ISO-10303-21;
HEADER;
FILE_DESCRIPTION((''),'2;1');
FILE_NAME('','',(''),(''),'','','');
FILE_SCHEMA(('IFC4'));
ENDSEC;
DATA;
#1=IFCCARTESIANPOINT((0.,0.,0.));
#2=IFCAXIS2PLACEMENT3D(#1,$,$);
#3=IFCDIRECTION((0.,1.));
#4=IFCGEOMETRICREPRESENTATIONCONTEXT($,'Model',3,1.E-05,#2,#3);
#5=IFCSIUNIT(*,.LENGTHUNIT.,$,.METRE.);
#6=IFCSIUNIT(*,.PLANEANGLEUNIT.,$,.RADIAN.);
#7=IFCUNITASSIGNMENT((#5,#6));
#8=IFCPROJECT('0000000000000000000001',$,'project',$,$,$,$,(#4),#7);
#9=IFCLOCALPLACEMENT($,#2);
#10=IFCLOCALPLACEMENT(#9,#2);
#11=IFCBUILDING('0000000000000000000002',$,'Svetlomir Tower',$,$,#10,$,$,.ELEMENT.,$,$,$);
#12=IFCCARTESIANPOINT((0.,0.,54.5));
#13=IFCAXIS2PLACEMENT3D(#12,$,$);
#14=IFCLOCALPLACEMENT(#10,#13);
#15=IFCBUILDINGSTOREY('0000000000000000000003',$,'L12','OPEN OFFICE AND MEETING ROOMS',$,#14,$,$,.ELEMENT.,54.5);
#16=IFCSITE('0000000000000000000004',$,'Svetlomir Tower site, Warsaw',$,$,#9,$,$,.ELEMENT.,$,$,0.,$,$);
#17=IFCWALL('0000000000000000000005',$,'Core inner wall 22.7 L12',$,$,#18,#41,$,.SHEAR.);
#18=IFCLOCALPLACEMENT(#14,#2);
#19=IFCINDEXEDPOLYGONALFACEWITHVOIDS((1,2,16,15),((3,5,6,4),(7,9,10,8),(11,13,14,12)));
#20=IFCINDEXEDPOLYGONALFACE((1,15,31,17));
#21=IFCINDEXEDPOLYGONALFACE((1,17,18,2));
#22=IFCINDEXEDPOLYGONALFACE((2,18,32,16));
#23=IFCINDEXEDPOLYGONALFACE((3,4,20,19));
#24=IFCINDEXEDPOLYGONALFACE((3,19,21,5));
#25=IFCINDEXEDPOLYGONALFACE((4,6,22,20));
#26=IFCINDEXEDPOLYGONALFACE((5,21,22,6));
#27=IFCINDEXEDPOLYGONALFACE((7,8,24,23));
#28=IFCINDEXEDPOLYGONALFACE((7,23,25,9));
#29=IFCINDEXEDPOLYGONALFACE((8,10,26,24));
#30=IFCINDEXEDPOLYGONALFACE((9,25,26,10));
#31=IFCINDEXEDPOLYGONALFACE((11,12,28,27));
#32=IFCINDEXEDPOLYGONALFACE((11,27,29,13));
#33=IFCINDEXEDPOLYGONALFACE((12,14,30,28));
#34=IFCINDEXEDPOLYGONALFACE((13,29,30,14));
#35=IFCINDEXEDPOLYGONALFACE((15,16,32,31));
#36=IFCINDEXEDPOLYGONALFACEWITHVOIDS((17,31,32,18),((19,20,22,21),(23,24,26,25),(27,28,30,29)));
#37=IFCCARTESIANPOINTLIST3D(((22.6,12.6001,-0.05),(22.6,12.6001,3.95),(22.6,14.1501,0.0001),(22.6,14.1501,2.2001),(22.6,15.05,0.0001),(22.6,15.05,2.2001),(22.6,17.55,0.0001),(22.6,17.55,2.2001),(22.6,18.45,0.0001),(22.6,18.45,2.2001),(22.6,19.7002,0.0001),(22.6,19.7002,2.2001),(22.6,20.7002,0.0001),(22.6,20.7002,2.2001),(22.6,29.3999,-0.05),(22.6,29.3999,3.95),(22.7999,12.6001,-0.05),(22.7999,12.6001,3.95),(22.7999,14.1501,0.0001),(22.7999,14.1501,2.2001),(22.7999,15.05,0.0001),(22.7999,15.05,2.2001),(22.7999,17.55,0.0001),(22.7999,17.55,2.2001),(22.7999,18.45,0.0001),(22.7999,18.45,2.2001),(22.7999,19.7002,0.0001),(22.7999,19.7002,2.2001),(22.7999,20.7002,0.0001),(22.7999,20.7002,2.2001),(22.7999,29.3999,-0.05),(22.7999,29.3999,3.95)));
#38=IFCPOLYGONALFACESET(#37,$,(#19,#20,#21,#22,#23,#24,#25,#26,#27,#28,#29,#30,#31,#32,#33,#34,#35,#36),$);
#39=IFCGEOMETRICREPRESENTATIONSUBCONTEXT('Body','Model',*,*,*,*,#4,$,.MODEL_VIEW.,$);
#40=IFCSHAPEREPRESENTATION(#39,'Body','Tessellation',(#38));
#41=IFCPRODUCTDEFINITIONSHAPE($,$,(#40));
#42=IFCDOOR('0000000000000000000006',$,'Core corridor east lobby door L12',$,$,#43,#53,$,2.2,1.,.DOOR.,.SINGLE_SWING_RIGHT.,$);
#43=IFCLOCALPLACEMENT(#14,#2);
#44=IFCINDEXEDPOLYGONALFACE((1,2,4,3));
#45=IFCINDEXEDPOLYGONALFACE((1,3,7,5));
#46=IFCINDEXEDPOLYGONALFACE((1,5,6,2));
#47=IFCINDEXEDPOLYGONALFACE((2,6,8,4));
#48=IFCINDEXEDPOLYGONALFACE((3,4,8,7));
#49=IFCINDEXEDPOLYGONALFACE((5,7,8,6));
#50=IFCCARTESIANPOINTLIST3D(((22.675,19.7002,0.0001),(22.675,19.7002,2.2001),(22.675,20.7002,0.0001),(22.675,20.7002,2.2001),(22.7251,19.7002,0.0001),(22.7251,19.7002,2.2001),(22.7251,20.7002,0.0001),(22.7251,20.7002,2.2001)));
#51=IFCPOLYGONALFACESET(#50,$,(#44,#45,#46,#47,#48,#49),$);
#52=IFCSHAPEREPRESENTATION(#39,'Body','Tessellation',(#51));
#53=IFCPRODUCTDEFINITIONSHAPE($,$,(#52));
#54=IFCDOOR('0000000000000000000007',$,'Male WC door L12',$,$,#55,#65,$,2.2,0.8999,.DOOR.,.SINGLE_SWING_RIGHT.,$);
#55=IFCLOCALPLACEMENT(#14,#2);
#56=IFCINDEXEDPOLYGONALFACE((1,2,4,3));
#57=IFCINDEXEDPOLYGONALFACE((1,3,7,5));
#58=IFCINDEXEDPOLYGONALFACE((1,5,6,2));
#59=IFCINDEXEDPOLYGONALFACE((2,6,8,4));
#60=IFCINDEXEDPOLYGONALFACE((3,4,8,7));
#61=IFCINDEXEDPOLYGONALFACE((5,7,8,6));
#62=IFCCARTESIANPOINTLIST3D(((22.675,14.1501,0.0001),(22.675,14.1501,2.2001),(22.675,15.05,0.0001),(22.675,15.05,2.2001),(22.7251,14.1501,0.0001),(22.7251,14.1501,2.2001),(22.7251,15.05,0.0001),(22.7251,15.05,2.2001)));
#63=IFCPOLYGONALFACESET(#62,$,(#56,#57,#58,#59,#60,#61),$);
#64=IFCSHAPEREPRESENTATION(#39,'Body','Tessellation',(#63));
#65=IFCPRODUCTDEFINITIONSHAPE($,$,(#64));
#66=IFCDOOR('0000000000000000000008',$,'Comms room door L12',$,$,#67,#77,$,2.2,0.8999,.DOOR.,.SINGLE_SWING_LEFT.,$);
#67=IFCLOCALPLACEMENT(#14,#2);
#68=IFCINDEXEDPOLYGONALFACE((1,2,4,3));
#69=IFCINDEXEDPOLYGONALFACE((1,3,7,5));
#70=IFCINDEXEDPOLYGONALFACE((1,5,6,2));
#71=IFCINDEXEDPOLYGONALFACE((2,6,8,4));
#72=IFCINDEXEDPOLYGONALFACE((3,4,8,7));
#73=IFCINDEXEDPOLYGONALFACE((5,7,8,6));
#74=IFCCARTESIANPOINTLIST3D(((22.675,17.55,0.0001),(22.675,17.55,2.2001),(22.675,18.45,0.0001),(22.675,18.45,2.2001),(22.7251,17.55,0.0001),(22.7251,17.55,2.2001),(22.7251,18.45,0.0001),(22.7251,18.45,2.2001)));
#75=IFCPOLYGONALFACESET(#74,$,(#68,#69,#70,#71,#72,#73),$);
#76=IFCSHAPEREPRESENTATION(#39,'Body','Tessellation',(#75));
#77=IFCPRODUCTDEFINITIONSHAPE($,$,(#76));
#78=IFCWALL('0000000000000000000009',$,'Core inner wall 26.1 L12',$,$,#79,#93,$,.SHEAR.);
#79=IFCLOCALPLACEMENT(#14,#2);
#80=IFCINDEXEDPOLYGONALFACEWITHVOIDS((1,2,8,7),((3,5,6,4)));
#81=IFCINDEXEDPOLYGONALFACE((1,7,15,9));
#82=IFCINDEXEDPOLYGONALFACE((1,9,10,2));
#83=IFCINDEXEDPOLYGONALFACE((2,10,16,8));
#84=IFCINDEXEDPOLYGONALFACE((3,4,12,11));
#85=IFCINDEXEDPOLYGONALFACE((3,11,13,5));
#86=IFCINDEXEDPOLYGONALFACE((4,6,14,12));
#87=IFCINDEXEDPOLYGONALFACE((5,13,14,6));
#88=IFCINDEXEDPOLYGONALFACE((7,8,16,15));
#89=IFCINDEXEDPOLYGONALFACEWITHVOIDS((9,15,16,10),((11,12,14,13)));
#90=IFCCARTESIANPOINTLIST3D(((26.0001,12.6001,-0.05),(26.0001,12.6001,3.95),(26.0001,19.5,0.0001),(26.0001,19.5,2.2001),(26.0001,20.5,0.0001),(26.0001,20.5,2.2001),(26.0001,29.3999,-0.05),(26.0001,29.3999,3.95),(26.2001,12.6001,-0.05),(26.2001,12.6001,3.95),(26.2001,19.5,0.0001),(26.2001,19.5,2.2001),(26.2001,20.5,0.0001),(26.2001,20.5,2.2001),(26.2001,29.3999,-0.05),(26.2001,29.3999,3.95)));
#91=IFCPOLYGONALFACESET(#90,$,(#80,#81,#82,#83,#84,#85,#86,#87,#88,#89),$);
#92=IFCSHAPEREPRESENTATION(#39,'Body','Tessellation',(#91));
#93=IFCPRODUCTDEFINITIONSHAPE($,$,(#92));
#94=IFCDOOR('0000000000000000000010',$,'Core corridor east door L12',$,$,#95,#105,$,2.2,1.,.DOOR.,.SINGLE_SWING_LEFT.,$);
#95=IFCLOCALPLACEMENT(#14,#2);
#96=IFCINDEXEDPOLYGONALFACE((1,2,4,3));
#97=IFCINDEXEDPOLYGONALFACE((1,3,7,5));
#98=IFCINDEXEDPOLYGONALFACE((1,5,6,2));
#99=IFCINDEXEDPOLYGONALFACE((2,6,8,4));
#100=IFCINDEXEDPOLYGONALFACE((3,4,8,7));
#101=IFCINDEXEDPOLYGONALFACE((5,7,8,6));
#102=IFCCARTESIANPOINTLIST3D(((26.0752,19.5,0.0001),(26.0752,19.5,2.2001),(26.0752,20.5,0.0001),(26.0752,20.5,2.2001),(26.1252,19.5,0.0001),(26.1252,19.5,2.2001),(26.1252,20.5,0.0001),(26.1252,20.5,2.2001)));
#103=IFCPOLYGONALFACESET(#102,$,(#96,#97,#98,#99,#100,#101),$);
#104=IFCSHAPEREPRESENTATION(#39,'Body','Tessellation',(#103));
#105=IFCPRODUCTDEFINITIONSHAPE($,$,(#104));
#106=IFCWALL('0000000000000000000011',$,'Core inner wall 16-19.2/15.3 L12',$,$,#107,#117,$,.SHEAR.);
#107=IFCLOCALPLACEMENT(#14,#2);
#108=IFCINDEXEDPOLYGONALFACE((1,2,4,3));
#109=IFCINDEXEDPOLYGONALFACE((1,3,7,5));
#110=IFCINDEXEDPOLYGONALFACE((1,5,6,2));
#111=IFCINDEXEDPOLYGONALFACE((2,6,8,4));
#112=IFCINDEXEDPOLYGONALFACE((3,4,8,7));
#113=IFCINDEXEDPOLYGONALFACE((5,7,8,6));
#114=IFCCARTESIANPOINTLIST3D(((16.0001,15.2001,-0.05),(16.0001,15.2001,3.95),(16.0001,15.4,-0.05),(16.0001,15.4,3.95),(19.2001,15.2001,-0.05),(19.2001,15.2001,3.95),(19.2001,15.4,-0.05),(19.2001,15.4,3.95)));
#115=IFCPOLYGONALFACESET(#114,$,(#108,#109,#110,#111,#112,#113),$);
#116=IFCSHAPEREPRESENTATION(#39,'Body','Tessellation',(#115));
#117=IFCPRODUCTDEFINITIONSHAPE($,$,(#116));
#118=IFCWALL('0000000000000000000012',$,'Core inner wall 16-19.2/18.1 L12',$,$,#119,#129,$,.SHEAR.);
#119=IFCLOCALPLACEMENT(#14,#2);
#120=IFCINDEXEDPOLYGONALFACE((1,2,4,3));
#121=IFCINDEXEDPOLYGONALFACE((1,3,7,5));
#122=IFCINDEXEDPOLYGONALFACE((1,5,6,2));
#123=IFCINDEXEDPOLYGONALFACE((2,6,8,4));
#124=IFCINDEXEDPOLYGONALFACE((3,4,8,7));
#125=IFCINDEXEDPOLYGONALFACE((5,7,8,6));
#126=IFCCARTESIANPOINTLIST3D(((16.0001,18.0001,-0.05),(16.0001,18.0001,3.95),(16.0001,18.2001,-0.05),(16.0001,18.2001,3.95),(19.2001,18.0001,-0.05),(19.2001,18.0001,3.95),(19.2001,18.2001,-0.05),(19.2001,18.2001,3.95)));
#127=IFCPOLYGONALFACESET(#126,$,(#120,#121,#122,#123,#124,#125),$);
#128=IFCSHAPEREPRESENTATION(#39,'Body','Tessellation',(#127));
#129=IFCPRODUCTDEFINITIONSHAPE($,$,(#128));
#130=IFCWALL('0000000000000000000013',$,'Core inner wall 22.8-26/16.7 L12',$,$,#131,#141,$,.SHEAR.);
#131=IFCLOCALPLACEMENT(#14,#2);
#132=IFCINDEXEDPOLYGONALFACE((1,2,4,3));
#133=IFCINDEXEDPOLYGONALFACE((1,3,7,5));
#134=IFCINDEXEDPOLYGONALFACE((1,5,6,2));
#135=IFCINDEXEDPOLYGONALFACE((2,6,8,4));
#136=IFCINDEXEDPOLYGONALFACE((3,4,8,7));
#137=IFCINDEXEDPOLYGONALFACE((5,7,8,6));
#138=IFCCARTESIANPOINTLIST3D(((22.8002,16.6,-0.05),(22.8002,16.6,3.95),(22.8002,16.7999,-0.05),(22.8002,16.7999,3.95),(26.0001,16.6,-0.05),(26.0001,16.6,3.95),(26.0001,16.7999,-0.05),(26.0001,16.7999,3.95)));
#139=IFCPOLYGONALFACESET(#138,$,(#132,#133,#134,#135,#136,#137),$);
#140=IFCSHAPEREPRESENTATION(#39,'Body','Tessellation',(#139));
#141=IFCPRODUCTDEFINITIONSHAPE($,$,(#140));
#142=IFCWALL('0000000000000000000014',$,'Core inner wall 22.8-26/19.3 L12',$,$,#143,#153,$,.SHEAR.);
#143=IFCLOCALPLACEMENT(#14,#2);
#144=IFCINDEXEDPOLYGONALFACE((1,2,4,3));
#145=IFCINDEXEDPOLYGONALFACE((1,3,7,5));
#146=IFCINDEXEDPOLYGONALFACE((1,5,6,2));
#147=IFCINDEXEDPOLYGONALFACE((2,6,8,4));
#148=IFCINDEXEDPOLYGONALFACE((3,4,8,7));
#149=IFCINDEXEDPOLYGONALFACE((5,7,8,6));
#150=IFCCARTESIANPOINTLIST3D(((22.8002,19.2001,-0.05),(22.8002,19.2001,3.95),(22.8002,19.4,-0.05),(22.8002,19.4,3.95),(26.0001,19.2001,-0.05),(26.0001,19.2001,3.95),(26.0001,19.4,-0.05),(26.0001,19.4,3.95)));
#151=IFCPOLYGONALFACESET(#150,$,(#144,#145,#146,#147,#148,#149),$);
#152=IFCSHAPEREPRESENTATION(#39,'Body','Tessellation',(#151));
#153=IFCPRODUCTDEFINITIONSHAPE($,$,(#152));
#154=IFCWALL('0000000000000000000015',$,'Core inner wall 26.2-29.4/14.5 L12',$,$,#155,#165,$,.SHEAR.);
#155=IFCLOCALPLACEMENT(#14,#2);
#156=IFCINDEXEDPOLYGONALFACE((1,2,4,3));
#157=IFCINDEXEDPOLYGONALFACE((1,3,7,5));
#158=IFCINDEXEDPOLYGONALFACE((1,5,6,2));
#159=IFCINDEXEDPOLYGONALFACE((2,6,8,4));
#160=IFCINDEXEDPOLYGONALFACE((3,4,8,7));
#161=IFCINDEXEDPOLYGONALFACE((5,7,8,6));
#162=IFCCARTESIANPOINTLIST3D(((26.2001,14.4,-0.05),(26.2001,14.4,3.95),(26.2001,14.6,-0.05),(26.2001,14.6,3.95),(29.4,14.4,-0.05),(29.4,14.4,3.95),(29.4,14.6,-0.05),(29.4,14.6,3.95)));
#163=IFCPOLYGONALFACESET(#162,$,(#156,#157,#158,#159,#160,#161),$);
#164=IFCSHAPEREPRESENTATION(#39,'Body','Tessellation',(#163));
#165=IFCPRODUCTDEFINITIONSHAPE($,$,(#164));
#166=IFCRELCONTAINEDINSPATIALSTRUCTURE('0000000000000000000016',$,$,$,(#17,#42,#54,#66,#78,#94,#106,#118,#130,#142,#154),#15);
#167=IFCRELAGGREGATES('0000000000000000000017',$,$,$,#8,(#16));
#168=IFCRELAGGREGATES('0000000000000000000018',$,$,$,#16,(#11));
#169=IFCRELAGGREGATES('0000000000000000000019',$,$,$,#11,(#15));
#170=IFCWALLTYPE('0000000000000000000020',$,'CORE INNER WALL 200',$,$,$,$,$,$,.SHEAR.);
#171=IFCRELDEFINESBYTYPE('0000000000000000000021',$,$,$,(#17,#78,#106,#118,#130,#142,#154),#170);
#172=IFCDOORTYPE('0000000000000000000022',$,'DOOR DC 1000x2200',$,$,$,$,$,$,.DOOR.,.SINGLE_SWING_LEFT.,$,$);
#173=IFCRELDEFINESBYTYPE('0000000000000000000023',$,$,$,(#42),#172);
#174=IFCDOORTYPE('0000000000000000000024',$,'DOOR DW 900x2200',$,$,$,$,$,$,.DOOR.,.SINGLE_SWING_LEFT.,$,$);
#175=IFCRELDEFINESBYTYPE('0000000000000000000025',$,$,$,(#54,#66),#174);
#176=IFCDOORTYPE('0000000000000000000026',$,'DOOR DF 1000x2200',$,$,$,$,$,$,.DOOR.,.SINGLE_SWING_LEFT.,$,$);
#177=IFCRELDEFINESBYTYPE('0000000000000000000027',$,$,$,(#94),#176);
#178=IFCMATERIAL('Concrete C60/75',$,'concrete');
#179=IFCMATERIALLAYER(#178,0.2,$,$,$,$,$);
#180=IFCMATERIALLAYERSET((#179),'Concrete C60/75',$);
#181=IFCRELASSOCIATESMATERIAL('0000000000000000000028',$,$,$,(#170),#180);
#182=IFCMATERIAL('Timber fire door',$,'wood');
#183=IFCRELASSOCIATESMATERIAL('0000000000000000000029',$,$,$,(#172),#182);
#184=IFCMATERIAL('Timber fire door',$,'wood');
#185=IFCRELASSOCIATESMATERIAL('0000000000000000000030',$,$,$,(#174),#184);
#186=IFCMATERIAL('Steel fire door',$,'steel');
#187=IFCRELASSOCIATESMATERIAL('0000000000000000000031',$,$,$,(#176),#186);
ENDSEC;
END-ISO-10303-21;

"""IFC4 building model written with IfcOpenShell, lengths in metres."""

from ifc_helpers import new_model, si_unit, direction, frame, frame_2d, origin, place, context, subcontext, project, spatial, rectangle, extrude, material, layer, layer_set, type_object, element, fill, save


model = new_model("IFC4")

# Units and contexts
model_context = context("Model", 3, precision=1e-05, world=origin(), true_north=direction((0.0, 1.0)))
body_context = subcontext(model_context, "Body", "Model", "MODEL_VIEW")
ifc_project = project(units=[si_unit("LENGTHUNIT", "METRE"), si_unit("PLANEANGLEUNIT", "RADIAN")], contexts=[model_context])

# Site, building, storey
site_placement = place(None, origin())
site = spatial("IfcSite", under=ifc_project, at=site_placement, Name="Svetlomir Tower site, Warsaw", CompositionType="ELEMENT", RefElevation=0.0)
building_placement = place(site_placement, origin())
building = spatial("IfcBuilding", under=site, at=building_placement, Name="Svetlomir Tower", CompositionType="ELEMENT")
storey_placement = place(building_placement, frame((0.0, 0.0, 54.5)))
storey = spatial("IfcBuildingStorey", under=building, at=storey_placement, Name="L12", Description="OPEN OFFICE AND MEETING ROOMS", CompositionType="ELEMENT", Elevation=54.5)

# Wall, openings, doors
ifc_material_1 = material(Name="Concrete C60/75", Category="concrete")
ifc_layer_1 = layer(ifc_material_1, 0.2)
ifc_layer_set_1 = layer_set([ifc_layer_1], Name="Concrete C60/75")
wall_type_1 = type_object("IfcWallType", Name="CORE INNER WALL 200", PredefinedType="SHEAR", material=ifc_layer_set_1)
ifc_material_2 = material(Name="Timber fire door", Category="wood")
door_type_1 = type_object("IfcDoorType", Name="DOOR DC 1000x2200", OperationType="SINGLE_SWING_LEFT", PredefinedType="DOOR", material=ifc_material_2)
ifc_material_3 = material(Name="Timber fire door", Category="wood")
door_type_2 = type_object("IfcDoorType", Name="DOOR DW 900x2200", OperationType="SINGLE_SWING_LEFT", PredefinedType="DOOR", material=ifc_material_3)
wall_1_placement = place(storey_placement, frame((22.7, 12.6001, -0.05), z_axis=(0.0, 0.0, 1.0), x_axis=(0.0, 1.0, 0.0)))
wall_1 = element("IfcWall", 1, at=wall_1_placement, inside=storey, type_object=wall_type_1, Name="Core inner wall 22.7 L12", PredefinedType="SHEAR", context=body_context, shape_type="SweptSolid", body=[
    extrude(rectangle(XDim=16.7998, YDim=0.2, at=frame_2d((8.3999, 0.0))), origin(), (0.0, 0.0, 1.0), 4.0),
])
opening_1_placement = place(wall_1_placement, frame((7.1001, 0.0, 0.05)))
opening_1 = element("IfcOpeningElement", 2, at=opening_1_placement, cuts=wall_1, PredefinedType="OPENING", context=body_context, shape_type="SweptSolid", body=[
    extrude(rectangle(XDim=1.0, YDim=2.2, at=frame_2d((0.5, 1.1001))), frame((0.0, 0.1099, 0.0), z_axis=(0.0, -1.0, 0.0), x_axis=(1.0, 0.0, 0.0)), (0.0, 0.0, 1.0), 0.22),
])
opening_2_placement = place(wall_1_placement, frame((1.55, 0.0, 0.05)))
opening_2 = element("IfcOpeningElement", 3, at=opening_2_placement, cuts=wall_1, PredefinedType="OPENING", context=body_context, shape_type="SweptSolid", body=[
    extrude(rectangle(XDim=0.8999, YDim=2.2, at=frame_2d((0.45, 1.1001))), frame((0.0, 0.1099, 0.0), z_axis=(0.0, -1.0, 0.0), x_axis=(1.0, 0.0, 0.0)), (0.0, 0.0, 1.0), 0.22),
])
opening_3_placement = place(wall_1_placement, frame((4.95, 0.0, 0.05)))
opening_3 = element("IfcOpeningElement", 4, at=opening_3_placement, cuts=wall_1, PredefinedType="OPENING", context=body_context, shape_type="SweptSolid", body=[
    extrude(rectangle(XDim=0.8999, YDim=2.2, at=frame_2d((0.45, 1.1001))), frame((0.0, 0.1099, 0.0), z_axis=(0.0, -1.0, 0.0), x_axis=(1.0, 0.0, 0.0)), (0.0, 0.0, 1.0), 0.22),
])
door_1_placement = place(opening_1_placement, origin())
door_1 = element("IfcDoor", 5, at=door_1_placement, inside=storey, type_object=door_type_1, Name="Core corridor east lobby door L12", OperationType="SINGLE_SWING_RIGHT", OverallHeight=2.2, OverallWidth=1.0, PredefinedType="DOOR", context=body_context, shape_type="SweptSolid", body=[
    extrude(rectangle(XDim=1.0, YDim=2.2, at=frame_2d((0.5, 1.1001))), frame((0.0, 0.0249, 0.0), z_axis=(0.0, -1.0, 0.0), x_axis=(1.0, 0.0, 0.0)), (0.0, 0.0, 1.0), 0.05),
])
fill(opening_1, door_1)
door_2_placement = place(opening_2_placement, origin())
door_2 = element("IfcDoor", 6, at=door_2_placement, inside=storey, type_object=door_type_2, Name="Male WC door L12", OperationType="SINGLE_SWING_RIGHT", OverallHeight=2.2, OverallWidth=0.8999, PredefinedType="DOOR", context=body_context, shape_type="SweptSolid", body=[
    extrude(rectangle(XDim=0.8999, YDim=2.2, at=frame_2d((0.45, 1.1001))), frame((0.0, 0.0249, 0.0), z_axis=(0.0, -1.0, 0.0), x_axis=(1.0, 0.0, 0.0)), (0.0, 0.0, 1.0), 0.05),
])
fill(opening_2, door_2)
door_3_placement = place(opening_3_placement, origin())
door_3 = element("IfcDoor", 7, at=door_3_placement, inside=storey, type_object=door_type_2, Name="Comms room door L12", OperationType="SINGLE_SWING_LEFT", OverallHeight=2.2, OverallWidth=0.8999, PredefinedType="DOOR", context=body_context, shape_type="SweptSolid", body=[
    extrude(rectangle(XDim=0.8999, YDim=2.2, at=frame_2d((0.45, 1.1001))), frame((0.0, 0.0249, 0.0), z_axis=(0.0, -1.0, 0.0), x_axis=(1.0, 0.0, 0.0)), (0.0, 0.0, 1.0), 0.05),
])
fill(opening_3, door_3)

# Wall, opening, door
wall_2_placement = place(storey_placement, frame((26.1001, 12.6001, -0.05), z_axis=(0.0, 0.0, 1.0), x_axis=(0.0, 1.0, 0.0)))
wall_2 = element("IfcWall", 8, at=wall_2_placement, inside=storey, type_object=wall_type_1, Name="Core inner wall 26.1 L12", PredefinedType="SHEAR", context=body_context, shape_type="SweptSolid", body=[
    extrude(rectangle(XDim=16.7998, YDim=0.2, at=frame_2d((8.3999, 0.0))), origin(), (0.0, 0.0, 1.0), 4.0),
])
opening_4_placement = place(wall_2_placement, frame((6.8999, 0.0, 0.05)))
opening_4 = element("IfcOpeningElement", 9, at=opening_4_placement, cuts=wall_2, PredefinedType="OPENING", context=body_context, shape_type="SweptSolid", body=[
    extrude(rectangle(XDim=1.0, YDim=2.2, at=frame_2d((0.5, 1.1001))), frame((0.0, 0.1099, 0.0), z_axis=(0.0, -1.0, 0.0), x_axis=(1.0, 0.0, 0.0)), (0.0, 0.0, 1.0), 0.22),
])
ifc_material_4 = material(Name="Steel fire door", Category="steel")
door_type_3 = type_object("IfcDoorType", Name="DOOR DF 1000x2200", OperationType="SINGLE_SWING_LEFT", PredefinedType="DOOR", material=ifc_material_4)
door_4_placement = place(opening_4_placement, origin())
door_4 = element("IfcDoor", 10, at=door_4_placement, inside=storey, type_object=door_type_3, Name="Core corridor east door L12", OperationType="SINGLE_SWING_LEFT", OverallHeight=2.2, OverallWidth=1.0, PredefinedType="DOOR", context=body_context, shape_type="SweptSolid", body=[
    extrude(rectangle(XDim=1.0, YDim=2.2, at=frame_2d((0.5, 1.1001))), frame((0.0, 0.0249, 0.0), z_axis=(0.0, -1.0, 0.0), x_axis=(1.0, 0.0, 0.0)), (0.0, 0.0, 1.0), 0.05),
])
fill(opening_4, door_4)

# Walls
for number, where, z_axis, x_axis, name in (
    (11, (16.0, 15.3, -0.05), (0.0, 0.0, 1.0), (1.0, 0.0, 0.0), "Core inner wall 16-19.2/15.3 L12"),
    (12, (16.0, 18.1001, -0.05), (0.0, 0.0, 1.0), (1.0, 0.0, 0.0), "Core inner wall 16-19.2/18.1 L12"),
    (13, (22.8, 16.7, -0.05), (0.0, 0.0, 1.0), (1.0, 0.0, 0.0), "Core inner wall 22.8-26/16.7 L12"),
    (14, (22.8, 19.3, -0.05), (0.0, 0.0, 1.0), (1.0, 0.0, 0.0), "Core inner wall 22.8-26/19.3 L12"),
    (15, (26.2, 14.5, -0.05), (0.0, 0.0, 1.0), (1.0, 0.0, 0.0), "Core inner wall 26.2-29.4/14.5 L12"),
):
    element("IfcWall", number, at=place(storey_placement, frame(where, z_axis=z_axis, x_axis=x_axis)), inside=storey, type_object=wall_type_1, Name=name, PredefinedType="SHEAR", context=body_context, shape_type="SweptSolid", body=[
        extrude(rectangle(XDim=3.2, YDim=0.2, at=frame_2d((1.6001, 0.0))), origin(), (0.0, 0.0, 1.0), 4.0),
    ])

save(model, "model.ifc")
